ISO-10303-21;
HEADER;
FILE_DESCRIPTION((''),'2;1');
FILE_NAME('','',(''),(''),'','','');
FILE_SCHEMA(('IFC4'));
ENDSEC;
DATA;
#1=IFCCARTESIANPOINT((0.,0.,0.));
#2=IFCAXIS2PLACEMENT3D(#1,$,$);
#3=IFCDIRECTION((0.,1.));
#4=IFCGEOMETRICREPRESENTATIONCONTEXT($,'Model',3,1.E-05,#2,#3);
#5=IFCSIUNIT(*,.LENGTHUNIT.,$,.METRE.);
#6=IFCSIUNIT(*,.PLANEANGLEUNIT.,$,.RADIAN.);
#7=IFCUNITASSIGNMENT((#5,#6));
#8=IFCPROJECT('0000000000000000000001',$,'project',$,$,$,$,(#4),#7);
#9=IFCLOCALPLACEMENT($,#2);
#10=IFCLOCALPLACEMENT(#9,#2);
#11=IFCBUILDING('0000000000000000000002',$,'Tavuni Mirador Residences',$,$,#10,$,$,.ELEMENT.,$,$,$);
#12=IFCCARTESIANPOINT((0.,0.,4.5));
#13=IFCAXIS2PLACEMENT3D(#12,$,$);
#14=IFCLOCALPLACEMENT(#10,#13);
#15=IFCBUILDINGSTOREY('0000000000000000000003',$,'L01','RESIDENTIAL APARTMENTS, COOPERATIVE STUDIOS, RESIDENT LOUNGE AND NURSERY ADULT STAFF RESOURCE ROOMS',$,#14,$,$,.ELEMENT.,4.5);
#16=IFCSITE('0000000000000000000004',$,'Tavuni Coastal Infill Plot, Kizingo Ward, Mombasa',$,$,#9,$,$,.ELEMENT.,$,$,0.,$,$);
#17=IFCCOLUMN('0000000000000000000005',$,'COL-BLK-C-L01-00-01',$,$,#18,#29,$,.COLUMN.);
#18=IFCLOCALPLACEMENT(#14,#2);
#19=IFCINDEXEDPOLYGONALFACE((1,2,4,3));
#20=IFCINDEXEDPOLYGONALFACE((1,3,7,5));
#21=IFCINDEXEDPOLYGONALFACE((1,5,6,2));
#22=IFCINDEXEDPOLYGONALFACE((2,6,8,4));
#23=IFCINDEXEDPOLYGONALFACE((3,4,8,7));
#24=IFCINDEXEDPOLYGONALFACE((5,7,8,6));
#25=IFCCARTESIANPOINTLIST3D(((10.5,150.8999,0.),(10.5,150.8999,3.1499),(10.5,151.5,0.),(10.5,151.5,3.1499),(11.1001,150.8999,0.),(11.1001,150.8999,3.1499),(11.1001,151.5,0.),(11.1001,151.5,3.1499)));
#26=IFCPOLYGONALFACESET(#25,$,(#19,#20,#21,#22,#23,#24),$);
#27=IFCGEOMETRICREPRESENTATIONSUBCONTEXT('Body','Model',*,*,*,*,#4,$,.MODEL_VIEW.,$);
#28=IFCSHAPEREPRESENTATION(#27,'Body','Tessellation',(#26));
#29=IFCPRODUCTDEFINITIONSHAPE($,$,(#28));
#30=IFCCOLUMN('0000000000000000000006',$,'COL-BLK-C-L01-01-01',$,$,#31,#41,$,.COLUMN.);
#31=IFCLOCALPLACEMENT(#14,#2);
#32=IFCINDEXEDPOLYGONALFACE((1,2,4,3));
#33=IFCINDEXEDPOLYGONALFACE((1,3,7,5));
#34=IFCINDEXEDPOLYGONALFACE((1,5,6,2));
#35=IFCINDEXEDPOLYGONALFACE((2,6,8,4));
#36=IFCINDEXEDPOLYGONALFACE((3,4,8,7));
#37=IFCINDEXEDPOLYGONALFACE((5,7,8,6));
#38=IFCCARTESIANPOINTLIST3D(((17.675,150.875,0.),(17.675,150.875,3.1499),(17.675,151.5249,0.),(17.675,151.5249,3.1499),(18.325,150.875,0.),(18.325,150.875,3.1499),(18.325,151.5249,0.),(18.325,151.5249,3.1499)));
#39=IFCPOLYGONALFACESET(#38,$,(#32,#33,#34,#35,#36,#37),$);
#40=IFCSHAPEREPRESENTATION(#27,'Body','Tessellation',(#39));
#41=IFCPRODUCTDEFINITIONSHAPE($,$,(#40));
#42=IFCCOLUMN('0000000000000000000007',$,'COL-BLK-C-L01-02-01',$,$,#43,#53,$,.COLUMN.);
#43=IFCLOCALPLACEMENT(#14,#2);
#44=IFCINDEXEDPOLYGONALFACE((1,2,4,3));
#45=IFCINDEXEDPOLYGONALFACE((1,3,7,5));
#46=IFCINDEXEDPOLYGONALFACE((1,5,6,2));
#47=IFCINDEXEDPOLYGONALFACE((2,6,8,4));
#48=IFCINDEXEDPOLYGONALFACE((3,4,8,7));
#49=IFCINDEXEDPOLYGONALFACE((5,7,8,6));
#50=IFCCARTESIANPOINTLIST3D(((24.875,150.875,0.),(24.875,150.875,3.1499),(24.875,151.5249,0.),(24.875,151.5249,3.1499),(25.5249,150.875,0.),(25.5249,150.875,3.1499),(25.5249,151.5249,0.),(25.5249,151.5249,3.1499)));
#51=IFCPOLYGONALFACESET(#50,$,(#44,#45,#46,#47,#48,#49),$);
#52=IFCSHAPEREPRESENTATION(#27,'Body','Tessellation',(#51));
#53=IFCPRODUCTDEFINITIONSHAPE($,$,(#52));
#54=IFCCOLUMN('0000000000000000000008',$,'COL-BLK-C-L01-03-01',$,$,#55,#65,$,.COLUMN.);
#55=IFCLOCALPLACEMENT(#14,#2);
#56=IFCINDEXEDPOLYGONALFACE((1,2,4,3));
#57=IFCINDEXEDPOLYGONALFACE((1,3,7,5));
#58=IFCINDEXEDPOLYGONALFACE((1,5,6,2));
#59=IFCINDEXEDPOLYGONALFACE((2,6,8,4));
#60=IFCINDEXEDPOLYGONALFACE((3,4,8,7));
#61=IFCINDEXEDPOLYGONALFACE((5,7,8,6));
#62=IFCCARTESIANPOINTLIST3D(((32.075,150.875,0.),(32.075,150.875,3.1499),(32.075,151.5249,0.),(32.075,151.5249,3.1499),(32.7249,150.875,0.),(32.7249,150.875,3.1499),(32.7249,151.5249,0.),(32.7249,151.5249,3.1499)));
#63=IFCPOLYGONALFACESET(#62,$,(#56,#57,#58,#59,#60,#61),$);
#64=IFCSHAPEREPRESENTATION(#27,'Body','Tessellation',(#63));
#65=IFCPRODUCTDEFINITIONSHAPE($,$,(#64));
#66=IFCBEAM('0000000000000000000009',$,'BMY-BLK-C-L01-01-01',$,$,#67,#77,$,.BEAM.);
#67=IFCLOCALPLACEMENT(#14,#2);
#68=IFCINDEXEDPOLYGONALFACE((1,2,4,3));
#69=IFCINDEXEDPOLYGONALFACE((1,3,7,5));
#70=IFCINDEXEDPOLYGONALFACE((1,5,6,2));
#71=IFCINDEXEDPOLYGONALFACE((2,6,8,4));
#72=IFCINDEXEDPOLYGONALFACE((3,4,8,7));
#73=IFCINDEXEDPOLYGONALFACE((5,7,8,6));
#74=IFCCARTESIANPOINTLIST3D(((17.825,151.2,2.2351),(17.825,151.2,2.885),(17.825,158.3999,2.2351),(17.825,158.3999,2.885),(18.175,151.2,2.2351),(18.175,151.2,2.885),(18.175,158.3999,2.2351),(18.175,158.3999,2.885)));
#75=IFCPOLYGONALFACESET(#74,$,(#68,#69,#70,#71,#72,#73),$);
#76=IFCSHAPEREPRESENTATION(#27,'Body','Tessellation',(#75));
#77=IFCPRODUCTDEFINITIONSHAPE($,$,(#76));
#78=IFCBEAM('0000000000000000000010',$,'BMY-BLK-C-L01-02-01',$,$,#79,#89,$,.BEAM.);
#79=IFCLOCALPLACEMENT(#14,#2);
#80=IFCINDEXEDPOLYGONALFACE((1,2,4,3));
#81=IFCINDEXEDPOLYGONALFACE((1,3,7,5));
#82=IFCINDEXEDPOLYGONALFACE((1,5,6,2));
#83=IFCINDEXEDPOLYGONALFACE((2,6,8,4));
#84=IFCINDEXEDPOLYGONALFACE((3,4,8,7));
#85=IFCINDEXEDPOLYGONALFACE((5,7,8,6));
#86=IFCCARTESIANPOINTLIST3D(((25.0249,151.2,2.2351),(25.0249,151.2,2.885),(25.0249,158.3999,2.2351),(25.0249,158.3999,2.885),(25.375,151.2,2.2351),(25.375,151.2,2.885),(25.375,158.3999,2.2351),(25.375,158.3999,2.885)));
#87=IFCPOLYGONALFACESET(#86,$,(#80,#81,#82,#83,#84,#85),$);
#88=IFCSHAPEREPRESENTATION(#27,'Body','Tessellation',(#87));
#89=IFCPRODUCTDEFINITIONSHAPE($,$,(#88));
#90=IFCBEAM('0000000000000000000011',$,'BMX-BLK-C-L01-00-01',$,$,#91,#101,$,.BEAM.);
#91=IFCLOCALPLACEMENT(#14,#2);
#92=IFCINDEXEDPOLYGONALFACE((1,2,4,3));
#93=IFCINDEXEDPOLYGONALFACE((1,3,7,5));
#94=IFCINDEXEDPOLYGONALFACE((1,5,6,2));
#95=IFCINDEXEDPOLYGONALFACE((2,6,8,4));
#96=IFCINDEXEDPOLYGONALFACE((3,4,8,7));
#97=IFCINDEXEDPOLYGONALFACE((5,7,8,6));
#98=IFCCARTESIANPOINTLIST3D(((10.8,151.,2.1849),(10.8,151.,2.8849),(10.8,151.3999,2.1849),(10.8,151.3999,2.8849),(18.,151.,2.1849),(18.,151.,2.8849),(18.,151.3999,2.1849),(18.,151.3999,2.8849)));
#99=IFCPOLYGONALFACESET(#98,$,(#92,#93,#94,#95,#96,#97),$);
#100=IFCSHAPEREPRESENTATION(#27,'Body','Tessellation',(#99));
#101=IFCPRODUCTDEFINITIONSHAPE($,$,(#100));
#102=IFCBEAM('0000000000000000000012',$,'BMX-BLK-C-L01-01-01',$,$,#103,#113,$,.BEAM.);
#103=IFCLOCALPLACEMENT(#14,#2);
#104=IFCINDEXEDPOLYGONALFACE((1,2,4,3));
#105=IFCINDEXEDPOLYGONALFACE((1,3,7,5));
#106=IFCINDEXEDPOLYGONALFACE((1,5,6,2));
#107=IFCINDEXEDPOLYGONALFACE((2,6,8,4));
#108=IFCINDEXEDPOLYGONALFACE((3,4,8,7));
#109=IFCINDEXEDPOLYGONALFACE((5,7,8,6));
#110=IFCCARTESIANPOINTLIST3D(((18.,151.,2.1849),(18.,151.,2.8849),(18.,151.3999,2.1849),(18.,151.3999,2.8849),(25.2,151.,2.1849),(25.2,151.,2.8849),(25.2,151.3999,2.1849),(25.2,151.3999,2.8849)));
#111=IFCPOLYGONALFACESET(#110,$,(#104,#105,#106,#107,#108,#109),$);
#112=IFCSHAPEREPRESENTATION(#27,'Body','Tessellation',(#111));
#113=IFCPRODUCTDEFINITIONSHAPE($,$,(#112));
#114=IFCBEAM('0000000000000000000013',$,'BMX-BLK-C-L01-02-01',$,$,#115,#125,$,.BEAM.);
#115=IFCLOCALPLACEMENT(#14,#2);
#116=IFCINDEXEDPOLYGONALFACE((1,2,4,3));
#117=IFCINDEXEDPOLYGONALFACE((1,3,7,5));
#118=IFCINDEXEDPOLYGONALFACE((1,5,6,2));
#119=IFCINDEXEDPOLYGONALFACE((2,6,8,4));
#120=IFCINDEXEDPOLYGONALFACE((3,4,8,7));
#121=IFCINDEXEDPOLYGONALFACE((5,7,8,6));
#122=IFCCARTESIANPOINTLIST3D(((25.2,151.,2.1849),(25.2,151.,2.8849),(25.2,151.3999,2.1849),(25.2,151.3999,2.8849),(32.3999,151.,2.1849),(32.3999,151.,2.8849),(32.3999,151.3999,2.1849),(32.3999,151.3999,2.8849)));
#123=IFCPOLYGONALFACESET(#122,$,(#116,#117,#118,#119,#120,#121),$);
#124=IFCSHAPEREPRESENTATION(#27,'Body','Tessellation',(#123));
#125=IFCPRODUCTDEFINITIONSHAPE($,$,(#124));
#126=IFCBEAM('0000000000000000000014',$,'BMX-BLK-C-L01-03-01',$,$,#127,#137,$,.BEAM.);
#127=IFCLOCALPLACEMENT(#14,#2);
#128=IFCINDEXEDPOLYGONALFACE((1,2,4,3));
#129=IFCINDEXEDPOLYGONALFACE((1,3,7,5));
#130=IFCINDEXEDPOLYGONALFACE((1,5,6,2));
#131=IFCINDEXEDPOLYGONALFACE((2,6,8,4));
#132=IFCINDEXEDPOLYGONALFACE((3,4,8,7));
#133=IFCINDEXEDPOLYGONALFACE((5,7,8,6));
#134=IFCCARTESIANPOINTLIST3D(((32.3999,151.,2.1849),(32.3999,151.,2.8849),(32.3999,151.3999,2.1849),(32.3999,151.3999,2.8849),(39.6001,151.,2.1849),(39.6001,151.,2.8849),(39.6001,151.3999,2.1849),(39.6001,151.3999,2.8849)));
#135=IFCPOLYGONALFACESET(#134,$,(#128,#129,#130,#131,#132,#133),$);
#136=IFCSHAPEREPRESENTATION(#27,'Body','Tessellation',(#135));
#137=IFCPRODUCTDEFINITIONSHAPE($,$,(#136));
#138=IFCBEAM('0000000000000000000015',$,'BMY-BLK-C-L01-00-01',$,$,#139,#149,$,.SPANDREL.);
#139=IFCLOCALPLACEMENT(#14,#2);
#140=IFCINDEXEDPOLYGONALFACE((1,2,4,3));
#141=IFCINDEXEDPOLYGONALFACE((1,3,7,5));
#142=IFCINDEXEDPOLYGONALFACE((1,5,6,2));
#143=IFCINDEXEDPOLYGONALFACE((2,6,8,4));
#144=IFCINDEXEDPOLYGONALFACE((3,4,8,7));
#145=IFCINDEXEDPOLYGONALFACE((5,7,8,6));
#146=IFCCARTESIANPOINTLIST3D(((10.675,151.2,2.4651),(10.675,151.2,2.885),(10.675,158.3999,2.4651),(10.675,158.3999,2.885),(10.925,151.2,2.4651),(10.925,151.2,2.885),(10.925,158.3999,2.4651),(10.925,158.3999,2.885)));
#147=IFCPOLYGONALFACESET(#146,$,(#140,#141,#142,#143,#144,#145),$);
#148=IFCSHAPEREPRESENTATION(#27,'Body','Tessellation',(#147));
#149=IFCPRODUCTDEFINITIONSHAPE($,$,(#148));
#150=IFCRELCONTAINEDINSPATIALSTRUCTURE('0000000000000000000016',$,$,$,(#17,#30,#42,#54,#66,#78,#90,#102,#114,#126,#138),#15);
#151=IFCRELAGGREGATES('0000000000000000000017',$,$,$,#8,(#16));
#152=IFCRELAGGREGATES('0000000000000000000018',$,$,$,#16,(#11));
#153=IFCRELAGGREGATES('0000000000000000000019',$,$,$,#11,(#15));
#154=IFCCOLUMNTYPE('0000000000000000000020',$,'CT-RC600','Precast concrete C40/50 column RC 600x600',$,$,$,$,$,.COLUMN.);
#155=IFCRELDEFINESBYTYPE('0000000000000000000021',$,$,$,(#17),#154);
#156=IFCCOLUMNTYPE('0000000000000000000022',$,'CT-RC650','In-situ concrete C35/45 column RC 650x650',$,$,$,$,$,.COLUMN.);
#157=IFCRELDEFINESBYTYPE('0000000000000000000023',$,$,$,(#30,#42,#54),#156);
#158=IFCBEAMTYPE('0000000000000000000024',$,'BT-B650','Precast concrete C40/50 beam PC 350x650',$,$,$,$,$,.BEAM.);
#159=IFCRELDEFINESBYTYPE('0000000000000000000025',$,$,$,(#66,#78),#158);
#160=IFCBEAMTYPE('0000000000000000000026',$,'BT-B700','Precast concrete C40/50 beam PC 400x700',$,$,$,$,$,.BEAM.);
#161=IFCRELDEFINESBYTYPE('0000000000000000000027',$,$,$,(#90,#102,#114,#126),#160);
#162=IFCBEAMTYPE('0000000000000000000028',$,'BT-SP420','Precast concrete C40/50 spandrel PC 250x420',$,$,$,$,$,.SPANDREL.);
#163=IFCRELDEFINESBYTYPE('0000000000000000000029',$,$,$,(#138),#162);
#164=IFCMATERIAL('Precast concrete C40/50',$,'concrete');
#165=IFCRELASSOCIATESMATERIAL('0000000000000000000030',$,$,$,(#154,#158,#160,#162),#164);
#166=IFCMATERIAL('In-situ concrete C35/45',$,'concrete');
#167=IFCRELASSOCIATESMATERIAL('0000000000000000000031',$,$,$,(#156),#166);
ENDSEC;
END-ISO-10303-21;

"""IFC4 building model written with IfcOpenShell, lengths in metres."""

from ifc_helpers import new_model, si_unit, direction, frame, origin, origin_2d, place, context, subcontext, project, spatial, rectangle, extrude, material, material_profile, profile_set, type_object, element, save


model = new_model("IFC4")

# Units and contexts
model_context = context("Model", 3, precision=1e-05, world=origin(), true_north=direction((0.0, 1.0)))
body_context = subcontext(model_context, "Body", "Model", "MODEL_VIEW")
ifc_project = project(units=[si_unit("LENGTHUNIT", "METRE"), si_unit("PLANEANGLEUNIT", "RADIAN")], contexts=[model_context])

# Site, building, storey
site_placement = place(None, origin())
site = spatial("IfcSite", under=ifc_project, at=site_placement, Name="Tavuni Coastal Infill Plot, Kizingo Ward, Mombasa", CompositionType="ELEMENT", RefElevation=0.0)
building_placement = place(site_placement, origin())
building = spatial("IfcBuilding", under=site, at=building_placement, Name="Tavuni Mirador Residences", CompositionType="ELEMENT")
storey_placement = place(building_placement, frame((0.0, 0.0, 4.5)))
storey = spatial("IfcBuildingStorey", under=building, at=storey_placement, Name="L01", Description="RESIDENTIAL APARTMENTS, COOPERATIVE STUDIOS, RESIDENT LOUNGE AND NURSERY ADULT STAFF RESOURCE ROOMS", CompositionType="ELEMENT", Elevation=4.5)

# Columns
ifc_material_1 = material(Name="Precast concrete C40/50", Category="concrete")
ifc_material_profile_1 = material_profile(ifc_material_1, rectangle(XDim=0.6001, YDim=0.6001, at=origin_2d()), Name="RC 600x600", Category="concrete")
ifc_profile_set_1 = profile_set([ifc_material_profile_1], Name="Precast concrete C40/50")
column_type_1 = type_object("IfcColumnType", Name="CT-RC600", Description="Precast concrete C40/50 column RC 600x600", PredefinedType="COLUMN", material=ifc_profile_set_1)
column_placement = place(storey_placement, frame((10.8, 151.2, 0.0), z_axis=(0.0, 0.0, 1.0), x_axis=(1.0, 0.0, 0.0)))
element("IfcColumn", 1, at=column_placement, inside=storey, type_object=column_type_1, Name="COL-BLK-C-L01-00-01", PredefinedType="COLUMN", context=body_context, shape_type="SweptSolid", body=[
    extrude(rectangle(XDim=0.6001, YDim=0.6001, at=origin_2d()), origin(), (0.0, 0.0, 1.0), 3.1499),
])
ifc_material_2 = material(Name="In-situ concrete C35/45", Category="concrete")
ifc_material_profile_2 = material_profile(ifc_material_2, rectangle(XDim=0.6499, YDim=0.6499, at=origin_2d()), Name="RC 650x650", Category="concrete")
ifc_profile_set_2 = profile_set([ifc_material_profile_2], Name="In-situ concrete C35/45")
column_type_2 = type_object("IfcColumnType", Name="CT-RC650", Description="In-situ concrete C35/45 column RC 650x650", PredefinedType="COLUMN", material=ifc_profile_set_2)
for number, where, z_axis, x_axis, name in (
    (2, (18.0, 151.2, 0.0), (0.0, 0.0, 1.0), (1.0, 0.0, 0.0), "COL-BLK-C-L01-01-01"),
    (3, (25.2, 151.2, 0.0), (0.0, 0.0, 1.0), (1.0, 0.0, 0.0), "COL-BLK-C-L01-02-01"),
    (4, (32.3999, 151.2, 0.0), (0.0, 0.0, 1.0), (1.0, 0.0, 0.0), "COL-BLK-C-L01-03-01"),
):
    element("IfcColumn", number, at=place(storey_placement, frame(where, z_axis=z_axis, x_axis=x_axis)), inside=storey, type_object=column_type_2, Name=name, PredefinedType="COLUMN", context=body_context, shape_type="SweptSolid", body=[
        extrude(rectangle(XDim=0.6499, YDim=0.6499, at=origin_2d()), origin(), (0.0, 0.0, 1.0), 3.1499),
    ])

# Beams
ifc_material_profile_3 = material_profile(ifc_material_1, rectangle(XDim=0.3501, YDim=0.6499, at=origin_2d()), Name="PC 350x650", Category="concrete")
ifc_profile_set_3 = profile_set([ifc_material_profile_3], Name="Precast concrete C40/50")
beam_type_1 = type_object("IfcBeamType", Name="BT-B650", Description="Precast concrete C40/50 beam PC 350x650", PredefinedType="BEAM", material=ifc_profile_set_3)
for number, where, z_axis, x_axis, name in (
    (5, (18.0, 151.2, 2.5601), (0.0, 1.0, 0.0), (-1.0, 0.0, 0.0), "BMY-BLK-C-L01-01-01"),
    (6, (25.2, 151.2, 2.5601), (0.0, 1.0, 0.0), (-1.0, 0.0, 0.0), "BMY-BLK-C-L01-02-01"),
):
    element("IfcBeam", number, at=place(storey_placement, frame(where, z_axis=z_axis, x_axis=x_axis)), inside=storey, type_object=beam_type_1, Name=name, PredefinedType="BEAM", context=body_context, shape_type="SweptSolid", body=[
        extrude(rectangle(XDim=0.3501, YDim=0.6499, at=origin_2d()), origin(), (0.0, 0.0, 1.0), 7.2),
    ])
ifc_material_profile_4 = material_profile(ifc_material_1, rectangle(XDim=0.3999, YDim=0.7, at=origin_2d()), Name="PC 400x700", Category="concrete")
ifc_profile_set_4 = profile_set([ifc_material_profile_4], Name="Precast concrete C40/50")
beam_type_2 = type_object("IfcBeamType", Name="BT-B700", Description="Precast concrete C40/50 beam PC 400x700", PredefinedType="BEAM", material=ifc_profile_set_4)
for number, where, z_axis, x_axis, name in (
    (7, (10.8, 151.2, 2.5349), (1.0, 0.0, 0.0), (0.0, 1.0, 0.0), "BMX-BLK-C-L01-00-01"),
    (8, (18.0, 151.2, 2.5349), (1.0, 0.0, 0.0), (0.0, 1.0, 0.0), "BMX-BLK-C-L01-01-01"),
    (9, (25.2, 151.2, 2.5349), (1.0, 0.0, 0.0), (0.0, 1.0, 0.0), "BMX-BLK-C-L01-02-01"),
):
    element("IfcBeam", number, at=place(storey_placement, frame(where, z_axis=z_axis, x_axis=x_axis)), inside=storey, type_object=beam_type_2, Name=name, PredefinedType="BEAM", context=body_context, shape_type="SweptSolid", body=[
        extrude(rectangle(XDim=0.3999, YDim=0.7, at=origin_2d()), origin(), (0.0, 0.0, 1.0), 7.2),
    ])
beam_1_placement = place(storey_placement, frame((32.3999, 151.2, 2.5349), z_axis=(1.0, 0.0, 0.0), x_axis=(0.0, 1.0, 0.0)))
element("IfcBeam", 10, at=beam_1_placement, inside=storey, type_object=beam_type_2, Name="BMX-BLK-C-L01-03-01", PredefinedType="BEAM", context=body_context, shape_type="SweptSolid", body=[
    extrude(rectangle(XDim=0.3999, YDim=0.7, at=origin_2d()), origin(), (0.0, 0.0, 1.0), 7.2002),
])
ifc_material_profile_5 = material_profile(ifc_material_1, rectangle(XDim=0.25, YDim=0.4199, at=origin_2d()), Name="PC 250x420", Category="concrete")
ifc_profile_set_5 = profile_set([ifc_material_profile_5], Name="Precast concrete C40/50")
beam_type_3 = type_object("IfcBeamType", Name="BT-SP420", Description="Precast concrete C40/50 spandrel PC 250x420", PredefinedType="SPANDREL", material=ifc_profile_set_5)
beam_2_placement = place(storey_placement, frame((10.8, 151.2, 2.675), z_axis=(0.0, 1.0, 0.0), x_axis=(-1.0, 0.0, 0.0)))
element("IfcBeam", 11, at=beam_2_placement, inside=storey, type_object=beam_type_3, Name="BMY-BLK-C-L01-00-01", PredefinedType="SPANDREL", context=body_context, shape_type="SweptSolid", body=[
    extrude(rectangle(XDim=0.25, YDim=0.4199, at=origin_2d()), origin(), (0.0, 0.0, 1.0), 7.2),
])

save(model, "model.ifc")
